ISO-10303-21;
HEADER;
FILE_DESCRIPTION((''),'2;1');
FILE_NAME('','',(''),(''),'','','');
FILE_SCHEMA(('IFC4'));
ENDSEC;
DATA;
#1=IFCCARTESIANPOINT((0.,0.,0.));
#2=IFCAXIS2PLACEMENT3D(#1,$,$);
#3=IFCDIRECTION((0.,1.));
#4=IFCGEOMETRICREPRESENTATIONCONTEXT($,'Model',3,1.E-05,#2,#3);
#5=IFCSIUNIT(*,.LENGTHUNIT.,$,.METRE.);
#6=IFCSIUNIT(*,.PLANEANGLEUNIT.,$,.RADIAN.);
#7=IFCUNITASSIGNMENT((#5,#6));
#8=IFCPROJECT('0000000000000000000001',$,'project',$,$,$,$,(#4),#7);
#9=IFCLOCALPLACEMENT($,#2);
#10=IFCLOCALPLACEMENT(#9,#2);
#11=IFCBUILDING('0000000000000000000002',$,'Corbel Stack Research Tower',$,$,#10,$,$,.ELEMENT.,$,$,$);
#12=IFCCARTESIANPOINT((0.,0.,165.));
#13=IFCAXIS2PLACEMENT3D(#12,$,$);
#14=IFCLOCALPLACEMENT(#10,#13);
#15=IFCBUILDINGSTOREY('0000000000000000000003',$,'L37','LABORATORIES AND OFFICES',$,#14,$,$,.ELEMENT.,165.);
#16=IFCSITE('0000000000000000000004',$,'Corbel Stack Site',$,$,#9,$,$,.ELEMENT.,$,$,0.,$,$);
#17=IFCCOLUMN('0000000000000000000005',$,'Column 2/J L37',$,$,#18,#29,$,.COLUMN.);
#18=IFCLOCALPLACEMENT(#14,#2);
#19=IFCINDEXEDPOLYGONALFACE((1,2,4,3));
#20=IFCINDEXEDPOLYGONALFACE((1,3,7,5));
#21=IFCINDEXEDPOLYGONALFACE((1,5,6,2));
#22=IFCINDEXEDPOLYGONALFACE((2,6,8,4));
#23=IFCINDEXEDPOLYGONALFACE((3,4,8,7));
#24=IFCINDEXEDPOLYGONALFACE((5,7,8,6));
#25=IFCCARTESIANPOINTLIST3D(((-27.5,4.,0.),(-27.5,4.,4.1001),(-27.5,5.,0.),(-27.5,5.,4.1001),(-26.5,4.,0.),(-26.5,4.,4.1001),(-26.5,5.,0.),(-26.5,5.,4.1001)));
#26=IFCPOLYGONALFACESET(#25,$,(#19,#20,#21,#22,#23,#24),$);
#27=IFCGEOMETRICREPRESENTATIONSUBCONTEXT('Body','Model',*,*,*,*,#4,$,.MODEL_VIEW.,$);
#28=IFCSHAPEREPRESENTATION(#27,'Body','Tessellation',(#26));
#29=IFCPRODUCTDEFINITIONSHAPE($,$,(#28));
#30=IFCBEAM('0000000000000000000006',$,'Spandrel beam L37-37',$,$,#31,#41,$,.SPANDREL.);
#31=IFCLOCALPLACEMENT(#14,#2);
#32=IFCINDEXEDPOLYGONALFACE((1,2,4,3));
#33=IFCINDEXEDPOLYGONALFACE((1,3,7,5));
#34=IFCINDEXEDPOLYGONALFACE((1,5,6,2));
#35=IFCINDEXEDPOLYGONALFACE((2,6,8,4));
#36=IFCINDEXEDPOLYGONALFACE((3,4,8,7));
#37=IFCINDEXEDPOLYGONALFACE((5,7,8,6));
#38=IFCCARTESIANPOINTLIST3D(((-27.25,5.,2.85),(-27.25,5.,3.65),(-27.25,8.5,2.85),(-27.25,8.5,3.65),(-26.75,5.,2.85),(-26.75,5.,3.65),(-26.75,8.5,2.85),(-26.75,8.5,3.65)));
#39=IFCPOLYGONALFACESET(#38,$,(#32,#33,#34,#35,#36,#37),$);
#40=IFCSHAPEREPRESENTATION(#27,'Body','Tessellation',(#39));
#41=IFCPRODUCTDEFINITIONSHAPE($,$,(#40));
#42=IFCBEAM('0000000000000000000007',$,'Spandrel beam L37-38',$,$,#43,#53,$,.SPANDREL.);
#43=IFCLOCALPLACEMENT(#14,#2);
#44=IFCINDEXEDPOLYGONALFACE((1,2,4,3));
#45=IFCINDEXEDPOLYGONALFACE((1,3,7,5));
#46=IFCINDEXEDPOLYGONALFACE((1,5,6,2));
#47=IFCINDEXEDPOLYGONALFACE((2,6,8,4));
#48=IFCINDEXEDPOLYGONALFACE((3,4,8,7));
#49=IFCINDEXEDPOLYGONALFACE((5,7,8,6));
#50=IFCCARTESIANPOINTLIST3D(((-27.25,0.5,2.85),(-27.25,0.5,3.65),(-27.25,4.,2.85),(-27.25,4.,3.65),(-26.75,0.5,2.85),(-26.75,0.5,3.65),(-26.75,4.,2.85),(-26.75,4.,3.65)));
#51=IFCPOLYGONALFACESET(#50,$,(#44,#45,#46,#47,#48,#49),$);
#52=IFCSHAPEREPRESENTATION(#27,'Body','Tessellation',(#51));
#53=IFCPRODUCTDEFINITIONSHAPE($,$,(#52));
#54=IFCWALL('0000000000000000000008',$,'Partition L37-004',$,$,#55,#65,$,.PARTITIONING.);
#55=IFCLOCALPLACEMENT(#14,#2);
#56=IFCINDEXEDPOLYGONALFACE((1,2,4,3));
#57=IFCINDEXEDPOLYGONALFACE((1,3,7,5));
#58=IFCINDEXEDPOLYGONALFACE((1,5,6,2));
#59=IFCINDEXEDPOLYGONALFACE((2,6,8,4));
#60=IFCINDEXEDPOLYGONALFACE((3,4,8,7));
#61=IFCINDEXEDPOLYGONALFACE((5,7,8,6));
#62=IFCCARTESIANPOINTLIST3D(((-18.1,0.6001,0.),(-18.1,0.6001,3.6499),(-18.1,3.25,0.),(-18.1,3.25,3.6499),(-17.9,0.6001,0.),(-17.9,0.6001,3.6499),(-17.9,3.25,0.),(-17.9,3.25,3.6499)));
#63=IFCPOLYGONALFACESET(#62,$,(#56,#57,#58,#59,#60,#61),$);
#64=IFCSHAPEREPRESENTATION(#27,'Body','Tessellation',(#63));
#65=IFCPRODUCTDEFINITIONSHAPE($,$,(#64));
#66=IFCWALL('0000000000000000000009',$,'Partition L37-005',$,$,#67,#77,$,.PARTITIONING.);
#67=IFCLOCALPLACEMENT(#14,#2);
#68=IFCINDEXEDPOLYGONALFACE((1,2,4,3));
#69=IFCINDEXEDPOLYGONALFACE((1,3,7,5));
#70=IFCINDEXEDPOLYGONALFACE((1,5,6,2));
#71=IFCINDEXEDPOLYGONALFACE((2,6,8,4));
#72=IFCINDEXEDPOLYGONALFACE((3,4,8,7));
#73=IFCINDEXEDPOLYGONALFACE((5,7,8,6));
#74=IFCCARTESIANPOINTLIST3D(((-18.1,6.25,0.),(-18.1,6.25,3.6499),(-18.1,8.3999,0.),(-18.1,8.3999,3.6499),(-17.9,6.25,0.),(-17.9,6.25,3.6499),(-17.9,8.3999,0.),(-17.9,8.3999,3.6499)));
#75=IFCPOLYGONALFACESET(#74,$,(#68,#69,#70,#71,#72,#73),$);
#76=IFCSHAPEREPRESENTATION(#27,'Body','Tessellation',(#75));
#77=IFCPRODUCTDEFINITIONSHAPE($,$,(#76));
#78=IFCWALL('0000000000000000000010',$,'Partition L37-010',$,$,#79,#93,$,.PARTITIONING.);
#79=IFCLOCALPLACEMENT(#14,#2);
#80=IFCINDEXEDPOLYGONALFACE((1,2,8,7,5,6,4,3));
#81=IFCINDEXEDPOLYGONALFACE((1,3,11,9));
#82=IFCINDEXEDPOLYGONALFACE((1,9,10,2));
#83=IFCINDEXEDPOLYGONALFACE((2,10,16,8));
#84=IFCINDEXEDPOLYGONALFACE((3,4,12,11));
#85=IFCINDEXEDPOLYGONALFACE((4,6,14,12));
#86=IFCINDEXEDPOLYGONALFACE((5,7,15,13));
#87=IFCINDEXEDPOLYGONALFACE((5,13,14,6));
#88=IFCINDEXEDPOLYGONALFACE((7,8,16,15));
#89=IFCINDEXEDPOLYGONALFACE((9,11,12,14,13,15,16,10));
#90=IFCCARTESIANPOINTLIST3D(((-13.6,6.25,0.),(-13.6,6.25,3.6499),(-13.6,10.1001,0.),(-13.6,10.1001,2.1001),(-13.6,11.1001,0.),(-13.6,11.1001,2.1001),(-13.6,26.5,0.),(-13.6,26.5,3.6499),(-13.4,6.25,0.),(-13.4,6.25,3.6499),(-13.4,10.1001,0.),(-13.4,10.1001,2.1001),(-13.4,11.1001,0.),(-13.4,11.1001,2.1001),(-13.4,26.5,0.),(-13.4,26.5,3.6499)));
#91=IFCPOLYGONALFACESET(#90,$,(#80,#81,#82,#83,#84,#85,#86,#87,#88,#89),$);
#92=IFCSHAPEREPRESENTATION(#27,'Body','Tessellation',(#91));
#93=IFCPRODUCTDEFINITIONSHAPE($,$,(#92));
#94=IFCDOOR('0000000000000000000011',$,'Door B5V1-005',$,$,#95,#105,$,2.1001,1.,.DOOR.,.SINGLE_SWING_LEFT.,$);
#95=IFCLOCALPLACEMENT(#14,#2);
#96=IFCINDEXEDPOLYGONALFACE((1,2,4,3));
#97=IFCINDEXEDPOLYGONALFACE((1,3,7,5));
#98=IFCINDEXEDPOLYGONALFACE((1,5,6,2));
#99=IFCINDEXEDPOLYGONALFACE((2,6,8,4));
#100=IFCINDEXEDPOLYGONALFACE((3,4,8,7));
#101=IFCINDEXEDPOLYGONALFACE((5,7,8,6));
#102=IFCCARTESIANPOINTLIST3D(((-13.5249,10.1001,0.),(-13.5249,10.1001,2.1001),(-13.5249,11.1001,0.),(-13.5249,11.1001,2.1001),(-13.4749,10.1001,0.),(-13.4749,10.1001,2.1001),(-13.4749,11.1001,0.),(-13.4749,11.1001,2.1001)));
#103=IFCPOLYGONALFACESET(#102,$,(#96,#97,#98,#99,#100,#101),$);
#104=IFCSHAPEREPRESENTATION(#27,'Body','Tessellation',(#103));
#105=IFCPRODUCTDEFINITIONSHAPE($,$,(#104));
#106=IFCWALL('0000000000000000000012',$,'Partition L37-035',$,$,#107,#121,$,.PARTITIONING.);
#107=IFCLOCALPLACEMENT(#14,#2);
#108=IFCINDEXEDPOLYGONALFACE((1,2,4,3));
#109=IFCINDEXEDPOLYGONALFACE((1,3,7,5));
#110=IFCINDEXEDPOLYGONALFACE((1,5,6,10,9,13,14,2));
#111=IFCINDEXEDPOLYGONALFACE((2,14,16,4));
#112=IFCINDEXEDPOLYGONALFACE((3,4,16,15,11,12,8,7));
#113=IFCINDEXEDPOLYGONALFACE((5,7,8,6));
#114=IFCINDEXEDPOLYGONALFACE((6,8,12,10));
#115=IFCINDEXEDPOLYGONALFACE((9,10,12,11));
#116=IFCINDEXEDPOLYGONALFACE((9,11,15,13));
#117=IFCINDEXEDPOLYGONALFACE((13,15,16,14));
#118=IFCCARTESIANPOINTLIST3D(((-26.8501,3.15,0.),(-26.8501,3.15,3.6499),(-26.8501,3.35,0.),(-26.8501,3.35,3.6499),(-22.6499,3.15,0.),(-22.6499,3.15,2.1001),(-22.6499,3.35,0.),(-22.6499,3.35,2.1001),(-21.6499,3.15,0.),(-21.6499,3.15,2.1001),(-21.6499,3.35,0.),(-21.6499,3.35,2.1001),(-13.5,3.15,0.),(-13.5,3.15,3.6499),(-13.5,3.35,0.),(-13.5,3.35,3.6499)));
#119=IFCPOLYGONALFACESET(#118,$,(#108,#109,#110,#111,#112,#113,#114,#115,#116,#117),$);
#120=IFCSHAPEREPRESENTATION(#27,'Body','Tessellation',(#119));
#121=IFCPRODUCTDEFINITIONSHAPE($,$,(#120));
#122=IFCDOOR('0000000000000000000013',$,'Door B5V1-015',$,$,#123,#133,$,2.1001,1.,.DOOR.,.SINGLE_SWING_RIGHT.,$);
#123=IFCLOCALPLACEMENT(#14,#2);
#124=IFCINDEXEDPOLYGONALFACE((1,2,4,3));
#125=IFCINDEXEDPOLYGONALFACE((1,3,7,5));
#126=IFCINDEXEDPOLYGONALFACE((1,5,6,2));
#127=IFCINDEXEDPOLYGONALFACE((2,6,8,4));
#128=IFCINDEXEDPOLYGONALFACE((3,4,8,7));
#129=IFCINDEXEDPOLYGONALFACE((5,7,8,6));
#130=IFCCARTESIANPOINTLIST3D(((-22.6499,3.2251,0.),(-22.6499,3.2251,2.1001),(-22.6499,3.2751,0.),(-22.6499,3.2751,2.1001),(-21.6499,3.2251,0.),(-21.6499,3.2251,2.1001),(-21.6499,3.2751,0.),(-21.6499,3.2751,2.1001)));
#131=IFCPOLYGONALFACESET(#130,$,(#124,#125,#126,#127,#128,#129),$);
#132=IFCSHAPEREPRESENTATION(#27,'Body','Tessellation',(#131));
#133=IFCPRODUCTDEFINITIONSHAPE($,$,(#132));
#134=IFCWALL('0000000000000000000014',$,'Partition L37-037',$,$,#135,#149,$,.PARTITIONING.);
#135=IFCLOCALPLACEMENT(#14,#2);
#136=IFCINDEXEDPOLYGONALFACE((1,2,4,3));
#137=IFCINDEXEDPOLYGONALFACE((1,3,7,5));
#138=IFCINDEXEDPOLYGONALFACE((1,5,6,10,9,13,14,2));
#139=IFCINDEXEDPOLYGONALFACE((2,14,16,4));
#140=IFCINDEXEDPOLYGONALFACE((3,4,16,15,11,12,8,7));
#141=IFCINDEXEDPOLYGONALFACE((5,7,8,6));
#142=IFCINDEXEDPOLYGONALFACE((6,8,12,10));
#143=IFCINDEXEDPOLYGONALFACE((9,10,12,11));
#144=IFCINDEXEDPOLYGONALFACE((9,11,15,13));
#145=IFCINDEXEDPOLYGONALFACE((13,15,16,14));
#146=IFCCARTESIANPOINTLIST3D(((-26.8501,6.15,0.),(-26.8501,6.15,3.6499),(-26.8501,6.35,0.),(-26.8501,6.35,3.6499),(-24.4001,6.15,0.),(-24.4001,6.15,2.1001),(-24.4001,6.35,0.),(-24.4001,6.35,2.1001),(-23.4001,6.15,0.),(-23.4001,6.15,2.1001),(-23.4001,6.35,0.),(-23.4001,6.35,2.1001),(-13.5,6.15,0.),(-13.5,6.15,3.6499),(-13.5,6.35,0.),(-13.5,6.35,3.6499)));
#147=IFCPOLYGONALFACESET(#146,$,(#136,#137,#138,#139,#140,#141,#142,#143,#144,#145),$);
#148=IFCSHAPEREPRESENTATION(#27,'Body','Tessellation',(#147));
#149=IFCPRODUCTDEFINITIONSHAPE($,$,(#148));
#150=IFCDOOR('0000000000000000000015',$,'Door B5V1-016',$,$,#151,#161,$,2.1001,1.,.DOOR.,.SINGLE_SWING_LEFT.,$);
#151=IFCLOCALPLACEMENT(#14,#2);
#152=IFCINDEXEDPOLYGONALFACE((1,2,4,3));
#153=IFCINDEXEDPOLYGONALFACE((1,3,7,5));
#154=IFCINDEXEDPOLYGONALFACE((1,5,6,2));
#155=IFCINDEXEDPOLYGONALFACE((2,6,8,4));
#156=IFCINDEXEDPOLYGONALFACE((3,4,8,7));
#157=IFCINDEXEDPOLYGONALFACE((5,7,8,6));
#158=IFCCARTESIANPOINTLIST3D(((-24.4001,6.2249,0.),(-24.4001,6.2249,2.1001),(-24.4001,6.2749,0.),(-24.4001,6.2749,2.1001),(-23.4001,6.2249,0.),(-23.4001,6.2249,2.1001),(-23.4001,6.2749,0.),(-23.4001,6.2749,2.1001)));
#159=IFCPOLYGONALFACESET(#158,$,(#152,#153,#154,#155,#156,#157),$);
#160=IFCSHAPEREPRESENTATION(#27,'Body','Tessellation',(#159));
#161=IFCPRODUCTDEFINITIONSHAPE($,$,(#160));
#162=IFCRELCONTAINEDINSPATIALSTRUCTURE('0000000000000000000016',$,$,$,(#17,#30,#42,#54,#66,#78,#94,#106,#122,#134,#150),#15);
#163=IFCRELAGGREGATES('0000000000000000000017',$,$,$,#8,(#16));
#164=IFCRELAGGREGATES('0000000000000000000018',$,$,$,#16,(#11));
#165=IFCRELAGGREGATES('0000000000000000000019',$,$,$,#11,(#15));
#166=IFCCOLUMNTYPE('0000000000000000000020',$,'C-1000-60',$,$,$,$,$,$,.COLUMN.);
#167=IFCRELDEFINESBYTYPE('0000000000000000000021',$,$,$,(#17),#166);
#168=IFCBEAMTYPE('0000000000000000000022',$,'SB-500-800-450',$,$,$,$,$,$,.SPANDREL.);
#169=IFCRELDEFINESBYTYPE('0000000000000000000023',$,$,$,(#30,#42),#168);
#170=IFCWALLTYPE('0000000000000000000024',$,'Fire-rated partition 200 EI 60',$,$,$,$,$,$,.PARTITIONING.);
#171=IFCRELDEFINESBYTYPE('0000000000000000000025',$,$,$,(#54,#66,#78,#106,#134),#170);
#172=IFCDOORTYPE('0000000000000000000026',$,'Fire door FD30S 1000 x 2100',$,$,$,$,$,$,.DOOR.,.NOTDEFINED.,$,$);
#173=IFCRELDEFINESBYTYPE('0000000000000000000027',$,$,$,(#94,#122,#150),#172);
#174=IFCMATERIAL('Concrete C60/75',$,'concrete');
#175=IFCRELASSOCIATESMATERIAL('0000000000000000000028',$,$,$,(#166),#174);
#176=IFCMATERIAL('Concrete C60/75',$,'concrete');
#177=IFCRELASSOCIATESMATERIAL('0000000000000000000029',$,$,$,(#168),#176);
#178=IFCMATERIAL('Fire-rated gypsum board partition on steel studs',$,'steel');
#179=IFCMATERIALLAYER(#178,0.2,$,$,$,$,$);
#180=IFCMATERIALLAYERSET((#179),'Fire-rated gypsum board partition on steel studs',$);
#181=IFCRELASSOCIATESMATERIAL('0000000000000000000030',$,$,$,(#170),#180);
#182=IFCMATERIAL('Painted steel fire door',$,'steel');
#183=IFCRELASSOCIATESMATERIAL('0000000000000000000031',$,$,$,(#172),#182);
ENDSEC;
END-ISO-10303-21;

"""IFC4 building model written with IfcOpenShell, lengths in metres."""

from ifc_helpers import new_model, si_unit, direction, frame, frame_2d, origin, origin_2d, place, context, subcontext, project, spatial, rectangle, extrude, material, layer, layer_set, material_profile, profile_set, type_object, element, fill, save


model = new_model("IFC4")

# Units and contexts
model_context = context("Model", 3, precision=1e-05, world=origin(), true_north=direction((0.0, 1.0)))
body_context = subcontext(model_context, "Body", "Model", "MODEL_VIEW")
ifc_project = project(units=[si_unit("LENGTHUNIT", "METRE"), si_unit("PLANEANGLEUNIT", "RADIAN")], contexts=[model_context])

# Site, building, storey
site_placement = place(None, origin())
site = spatial("IfcSite", under=ifc_project, at=site_placement, Name="Corbel Stack Site", CompositionType="ELEMENT", RefElevation=0.0)
building_placement = place(site_placement, origin())
building = spatial("IfcBuilding", under=site, at=building_placement, Name="Corbel Stack Research Tower", CompositionType="ELEMENT")
storey_placement = place(building_placement, frame((0.0, 0.0, 165.0)))
storey = spatial("IfcBuildingStorey", under=building, at=storey_placement, Name="L37", Description="LABORATORIES AND OFFICES", CompositionType="ELEMENT", Elevation=165.0)

# Column
ifc_material_1 = material(Name="Concrete C60/75", Category="concrete")
ifc_material_profile_1 = material_profile(ifc_material_1, rectangle(XDim=1.0, YDim=1.0, at=origin_2d()), Name="RC 1000 x 1000")
ifc_profile_set_1 = profile_set([ifc_material_profile_1], Name="Concrete C60/75")
column_type = type_object("IfcColumnType", Name="C-1000-60", PredefinedType="COLUMN", material=ifc_profile_set_1)
column_placement = place(storey_placement, frame((-27.0, 4.5, 0.0), z_axis=(0.0, 0.0, 1.0), x_axis=(1.0, 0.0, 0.0)))
element("IfcColumn", 1, at=column_placement, inside=storey, type_object=column_type, Name="Column 2/J L37", PredefinedType="COLUMN", context=body_context, shape_type="SweptSolid", body=[
    extrude(rectangle(XDim=1.0, YDim=1.0, at=origin_2d()), origin(), (0.0, 0.0, 1.0), 4.1001),
])

# Beams
ifc_material_2 = material(Name="Concrete C60/75", Category="concrete")
ifc_material_profile_2 = material_profile(ifc_material_2, rectangle(XDim=0.5, YDim=0.8, at=origin_2d()), Name="RC 500 x 800")
ifc_profile_set_2 = profile_set([ifc_material_profile_2], Name="Concrete C60/75")
beam_type = type_object("IfcBeamType", Name="SB-500-800-450", PredefinedType="SPANDREL", material=ifc_profile_set_2)
for number, where, z_axis, x_axis, name in (
    (2, (-27.0, 8.5, 3.25), (0.0, -1.0, 0.0), (1.0, 0.0, 0.0), "Spandrel beam L37-37"),
    (3, (-27.0, 4.0, 3.25), (0.0, -1.0, 0.0), (1.0, 0.0, 0.0), "Spandrel beam L37-38"),
):
    element("IfcBeam", number, at=place(storey_placement, frame(where, z_axis=z_axis, x_axis=x_axis)), inside=storey, type_object=beam_type, Name=name, PredefinedType="SPANDREL", context=body_context, shape_type="SweptSolid", body=[
        extrude(rectangle(XDim=0.5, YDim=0.8, at=origin_2d()), origin(), (0.0, 0.0, 1.0), 3.5),
    ])

# Walls
ifc_material_3 = material(Name="Fire-rated gypsum board partition on steel studs", Category="steel")
ifc_layer_1 = layer(ifc_material_3, 0.2)
ifc_layer_set_1 = layer_set([ifc_layer_1], Name="Fire-rated gypsum board partition on steel studs")
wall_type_1 = type_object("IfcWallType", Name="Fire-rated partition 200 EI 60", PredefinedType="PARTITIONING", material=ifc_layer_set_1)
wall_1_placement = place(storey_placement, frame((-18.0, 0.6001, 0.0), z_axis=(0.0, 0.0, 1.0), x_axis=(0.0, 1.0, 0.0)))
element("IfcWall", 4, at=wall_1_placement, inside=storey, type_object=wall_type_1, Name="Partition L37-004", PredefinedType="PARTITIONING", context=body_context, shape_type="SweptSolid", body=[
    extrude(rectangle(XDim=2.6499, YDim=0.2, at=frame_2d((1.325, 0.0))), origin(), (0.0, 0.0, 1.0), 3.6499),
])
wall_2_placement = place(storey_placement, frame((-18.0, 6.25, 0.0), z_axis=(0.0, 0.0, 1.0), x_axis=(0.0, 1.0, 0.0)))
element("IfcWall", 5, at=wall_2_placement, inside=storey, type_object=wall_type_1, Name="Partition L37-005", PredefinedType="PARTITIONING", context=body_context, shape_type="SweptSolid", body=[
    extrude(rectangle(XDim=2.1499, YDim=0.2, at=frame_2d((1.075, 0.0))), origin(), (0.0, 0.0, 1.0), 3.6499),
])

# Walls, openings, doors
wall_3_placement = place(storey_placement, frame((-13.5, 6.25, 0.0), z_axis=(0.0, 0.0, 1.0), x_axis=(0.0, 1.0, 0.0)))
wall_3 = element("IfcWall", 6, at=wall_3_placement, inside=storey, type_object=wall_type_1, Name="Partition L37-010", PredefinedType="PARTITIONING", context=body_context, shape_type="SweptSolid", body=[
    extrude(rectangle(XDim=20.25, YDim=0.2, at=frame_2d((10.125, 0.0))), origin(), (0.0, 0.0, 1.0), 3.6499),
])
opening_1_placement = place(wall_3_placement, frame((3.8501, 0.0, 0.0)))
opening_1 = element("IfcOpeningElement", 7, at=opening_1_placement, cuts=wall_3, PredefinedType="OPENING", context=body_context, shape_type="SweptSolid", body=[
    extrude(rectangle(XDim=1.0, YDim=2.1001, at=frame_2d((0.5, 1.05))), frame((0.0, 0.1099, 0.0), z_axis=(0.0, -1.0, 0.0), x_axis=(1.0, 0.0, 0.0)), (0.0, 0.0, 1.0), 0.22),
])
ifc_material_4 = material(Name="Painted steel fire door", Category="steel")
door_type = type_object("IfcDoorType", Name="Fire door FD30S 1000 x 2100", OperationType="NOTDEFINED", PredefinedType="DOOR", material=ifc_material_4)
door_1_placement = place(opening_1_placement, origin())
door_1 = element("IfcDoor", 8, at=door_1_placement, inside=storey, type_object=door_type, Name="Door B5V1-005", OperationType="SINGLE_SWING_LEFT", OverallHeight=2.1001, OverallWidth=1.0, PredefinedType="DOOR", context=body_context, shape_type="SweptSolid", body=[
    extrude(rectangle(XDim=1.0, YDim=2.1001, at=frame_2d((0.5, 1.05))), frame((0.0, 0.0249, 0.0), z_axis=(0.0, -1.0, 0.0), x_axis=(1.0, 0.0, 0.0)), (0.0, 0.0, 1.0), 0.05),
])
fill(opening_1, door_1)
wall_4_placement = place(storey_placement, frame((-13.5, 3.25, 0.0), z_axis=(0.0, 0.0, 1.0), x_axis=(-1.0, 0.0, 0.0)))
wall_4 = element("IfcWall", 9, at=wall_4_placement, inside=storey, type_object=wall_type_1, Name="Partition L37-035", PredefinedType="PARTITIONING", context=body_context, shape_type="SweptSolid", body=[
    extrude(rectangle(XDim=13.3501, YDim=0.2, at=frame_2d((6.675, 0.0))), origin(), (0.0, 0.0, 1.0), 3.6499),
])
opening_2_placement = place(wall_4_placement, frame((8.1499, 0.0, 0.0)))
opening_2 = element("IfcOpeningElement", 10, at=opening_2_placement, cuts=wall_4, PredefinedType="OPENING", context=body_context, shape_type="SweptSolid", body=[
    extrude(rectangle(XDim=1.0, YDim=2.1001, at=frame_2d((0.5, 1.05))), frame((0.0, 0.1099, 0.0), z_axis=(0.0, -1.0, 0.0), x_axis=(1.0, 0.0, 0.0)), (0.0, 0.0, 1.0), 0.22),
])
door_2_placement = place(opening_2_placement, origin())
door_2 = element("IfcDoor", 11, at=door_2_placement, inside=storey, type_object=door_type, Name="Door B5V1-015", OperationType="SINGLE_SWING_RIGHT", OverallHeight=2.1001, OverallWidth=1.0, PredefinedType="DOOR", context=body_context, shape_type="SweptSolid", body=[
    extrude(rectangle(XDim=1.0, YDim=2.1001, at=frame_2d((0.5, 1.05))), frame((0.0, 0.0249, 0.0), z_axis=(0.0, -1.0, 0.0), x_axis=(1.0, 0.0, 0.0)), (0.0, 0.0, 1.0), 0.05),
])
fill(opening_2, door_2)
wall_5_placement = place(storey_placement, frame((-26.8501, 6.25, 0.0), z_axis=(0.0, 0.0, 1.0), x_axis=(1.0, 0.0, 0.0)))
wall_5 = element("IfcWall", 12, at=wall_5_placement, inside=storey, type_object=wall_type_1, Name="Partition L37-037", PredefinedType="PARTITIONING", context=body_context, shape_type="SweptSolid", body=[
    extrude(rectangle(XDim=13.3501, YDim=0.2, at=frame_2d((6.675, 0.0))), origin(), (0.0, 0.0, 1.0), 3.6499),
])
opening_3_placement = place(wall_5_placement, frame((2.45, 0.0, 0.0)))
opening_3 = element("IfcOpeningElement", 13, at=opening_3_placement, cuts=wall_5, PredefinedType="OPENING", context=body_context, shape_type="SweptSolid", body=[
    extrude(rectangle(XDim=1.0, YDim=2.1001, at=frame_2d((0.5, 1.05))), frame((0.0, 0.1099, 0.0), z_axis=(0.0, -1.0, 0.0), x_axis=(1.0, 0.0, 0.0)), (0.0, 0.0, 1.0), 0.22),
])
door_3_placement = place(opening_3_placement, origin())
door_3 = element("IfcDoor", 14, at=door_3_placement, inside=storey, type_object=door_type, Name="Door B5V1-016", OperationType="SINGLE_SWING_LEFT", OverallHeight=2.1001, OverallWidth=1.0, PredefinedType="DOOR", context=body_context, shape_type="SweptSolid", body=[
    extrude(rectangle(XDim=1.0, YDim=2.1001, at=frame_2d((0.5, 1.05))), frame((0.0, 0.0249, 0.0), z_axis=(0.0, -1.0, 0.0), x_axis=(1.0, 0.0, 0.0)), (0.0, 0.0, 1.0), 0.05),
])
fill(opening_3, door_3)

save(model, "model.ifc")
